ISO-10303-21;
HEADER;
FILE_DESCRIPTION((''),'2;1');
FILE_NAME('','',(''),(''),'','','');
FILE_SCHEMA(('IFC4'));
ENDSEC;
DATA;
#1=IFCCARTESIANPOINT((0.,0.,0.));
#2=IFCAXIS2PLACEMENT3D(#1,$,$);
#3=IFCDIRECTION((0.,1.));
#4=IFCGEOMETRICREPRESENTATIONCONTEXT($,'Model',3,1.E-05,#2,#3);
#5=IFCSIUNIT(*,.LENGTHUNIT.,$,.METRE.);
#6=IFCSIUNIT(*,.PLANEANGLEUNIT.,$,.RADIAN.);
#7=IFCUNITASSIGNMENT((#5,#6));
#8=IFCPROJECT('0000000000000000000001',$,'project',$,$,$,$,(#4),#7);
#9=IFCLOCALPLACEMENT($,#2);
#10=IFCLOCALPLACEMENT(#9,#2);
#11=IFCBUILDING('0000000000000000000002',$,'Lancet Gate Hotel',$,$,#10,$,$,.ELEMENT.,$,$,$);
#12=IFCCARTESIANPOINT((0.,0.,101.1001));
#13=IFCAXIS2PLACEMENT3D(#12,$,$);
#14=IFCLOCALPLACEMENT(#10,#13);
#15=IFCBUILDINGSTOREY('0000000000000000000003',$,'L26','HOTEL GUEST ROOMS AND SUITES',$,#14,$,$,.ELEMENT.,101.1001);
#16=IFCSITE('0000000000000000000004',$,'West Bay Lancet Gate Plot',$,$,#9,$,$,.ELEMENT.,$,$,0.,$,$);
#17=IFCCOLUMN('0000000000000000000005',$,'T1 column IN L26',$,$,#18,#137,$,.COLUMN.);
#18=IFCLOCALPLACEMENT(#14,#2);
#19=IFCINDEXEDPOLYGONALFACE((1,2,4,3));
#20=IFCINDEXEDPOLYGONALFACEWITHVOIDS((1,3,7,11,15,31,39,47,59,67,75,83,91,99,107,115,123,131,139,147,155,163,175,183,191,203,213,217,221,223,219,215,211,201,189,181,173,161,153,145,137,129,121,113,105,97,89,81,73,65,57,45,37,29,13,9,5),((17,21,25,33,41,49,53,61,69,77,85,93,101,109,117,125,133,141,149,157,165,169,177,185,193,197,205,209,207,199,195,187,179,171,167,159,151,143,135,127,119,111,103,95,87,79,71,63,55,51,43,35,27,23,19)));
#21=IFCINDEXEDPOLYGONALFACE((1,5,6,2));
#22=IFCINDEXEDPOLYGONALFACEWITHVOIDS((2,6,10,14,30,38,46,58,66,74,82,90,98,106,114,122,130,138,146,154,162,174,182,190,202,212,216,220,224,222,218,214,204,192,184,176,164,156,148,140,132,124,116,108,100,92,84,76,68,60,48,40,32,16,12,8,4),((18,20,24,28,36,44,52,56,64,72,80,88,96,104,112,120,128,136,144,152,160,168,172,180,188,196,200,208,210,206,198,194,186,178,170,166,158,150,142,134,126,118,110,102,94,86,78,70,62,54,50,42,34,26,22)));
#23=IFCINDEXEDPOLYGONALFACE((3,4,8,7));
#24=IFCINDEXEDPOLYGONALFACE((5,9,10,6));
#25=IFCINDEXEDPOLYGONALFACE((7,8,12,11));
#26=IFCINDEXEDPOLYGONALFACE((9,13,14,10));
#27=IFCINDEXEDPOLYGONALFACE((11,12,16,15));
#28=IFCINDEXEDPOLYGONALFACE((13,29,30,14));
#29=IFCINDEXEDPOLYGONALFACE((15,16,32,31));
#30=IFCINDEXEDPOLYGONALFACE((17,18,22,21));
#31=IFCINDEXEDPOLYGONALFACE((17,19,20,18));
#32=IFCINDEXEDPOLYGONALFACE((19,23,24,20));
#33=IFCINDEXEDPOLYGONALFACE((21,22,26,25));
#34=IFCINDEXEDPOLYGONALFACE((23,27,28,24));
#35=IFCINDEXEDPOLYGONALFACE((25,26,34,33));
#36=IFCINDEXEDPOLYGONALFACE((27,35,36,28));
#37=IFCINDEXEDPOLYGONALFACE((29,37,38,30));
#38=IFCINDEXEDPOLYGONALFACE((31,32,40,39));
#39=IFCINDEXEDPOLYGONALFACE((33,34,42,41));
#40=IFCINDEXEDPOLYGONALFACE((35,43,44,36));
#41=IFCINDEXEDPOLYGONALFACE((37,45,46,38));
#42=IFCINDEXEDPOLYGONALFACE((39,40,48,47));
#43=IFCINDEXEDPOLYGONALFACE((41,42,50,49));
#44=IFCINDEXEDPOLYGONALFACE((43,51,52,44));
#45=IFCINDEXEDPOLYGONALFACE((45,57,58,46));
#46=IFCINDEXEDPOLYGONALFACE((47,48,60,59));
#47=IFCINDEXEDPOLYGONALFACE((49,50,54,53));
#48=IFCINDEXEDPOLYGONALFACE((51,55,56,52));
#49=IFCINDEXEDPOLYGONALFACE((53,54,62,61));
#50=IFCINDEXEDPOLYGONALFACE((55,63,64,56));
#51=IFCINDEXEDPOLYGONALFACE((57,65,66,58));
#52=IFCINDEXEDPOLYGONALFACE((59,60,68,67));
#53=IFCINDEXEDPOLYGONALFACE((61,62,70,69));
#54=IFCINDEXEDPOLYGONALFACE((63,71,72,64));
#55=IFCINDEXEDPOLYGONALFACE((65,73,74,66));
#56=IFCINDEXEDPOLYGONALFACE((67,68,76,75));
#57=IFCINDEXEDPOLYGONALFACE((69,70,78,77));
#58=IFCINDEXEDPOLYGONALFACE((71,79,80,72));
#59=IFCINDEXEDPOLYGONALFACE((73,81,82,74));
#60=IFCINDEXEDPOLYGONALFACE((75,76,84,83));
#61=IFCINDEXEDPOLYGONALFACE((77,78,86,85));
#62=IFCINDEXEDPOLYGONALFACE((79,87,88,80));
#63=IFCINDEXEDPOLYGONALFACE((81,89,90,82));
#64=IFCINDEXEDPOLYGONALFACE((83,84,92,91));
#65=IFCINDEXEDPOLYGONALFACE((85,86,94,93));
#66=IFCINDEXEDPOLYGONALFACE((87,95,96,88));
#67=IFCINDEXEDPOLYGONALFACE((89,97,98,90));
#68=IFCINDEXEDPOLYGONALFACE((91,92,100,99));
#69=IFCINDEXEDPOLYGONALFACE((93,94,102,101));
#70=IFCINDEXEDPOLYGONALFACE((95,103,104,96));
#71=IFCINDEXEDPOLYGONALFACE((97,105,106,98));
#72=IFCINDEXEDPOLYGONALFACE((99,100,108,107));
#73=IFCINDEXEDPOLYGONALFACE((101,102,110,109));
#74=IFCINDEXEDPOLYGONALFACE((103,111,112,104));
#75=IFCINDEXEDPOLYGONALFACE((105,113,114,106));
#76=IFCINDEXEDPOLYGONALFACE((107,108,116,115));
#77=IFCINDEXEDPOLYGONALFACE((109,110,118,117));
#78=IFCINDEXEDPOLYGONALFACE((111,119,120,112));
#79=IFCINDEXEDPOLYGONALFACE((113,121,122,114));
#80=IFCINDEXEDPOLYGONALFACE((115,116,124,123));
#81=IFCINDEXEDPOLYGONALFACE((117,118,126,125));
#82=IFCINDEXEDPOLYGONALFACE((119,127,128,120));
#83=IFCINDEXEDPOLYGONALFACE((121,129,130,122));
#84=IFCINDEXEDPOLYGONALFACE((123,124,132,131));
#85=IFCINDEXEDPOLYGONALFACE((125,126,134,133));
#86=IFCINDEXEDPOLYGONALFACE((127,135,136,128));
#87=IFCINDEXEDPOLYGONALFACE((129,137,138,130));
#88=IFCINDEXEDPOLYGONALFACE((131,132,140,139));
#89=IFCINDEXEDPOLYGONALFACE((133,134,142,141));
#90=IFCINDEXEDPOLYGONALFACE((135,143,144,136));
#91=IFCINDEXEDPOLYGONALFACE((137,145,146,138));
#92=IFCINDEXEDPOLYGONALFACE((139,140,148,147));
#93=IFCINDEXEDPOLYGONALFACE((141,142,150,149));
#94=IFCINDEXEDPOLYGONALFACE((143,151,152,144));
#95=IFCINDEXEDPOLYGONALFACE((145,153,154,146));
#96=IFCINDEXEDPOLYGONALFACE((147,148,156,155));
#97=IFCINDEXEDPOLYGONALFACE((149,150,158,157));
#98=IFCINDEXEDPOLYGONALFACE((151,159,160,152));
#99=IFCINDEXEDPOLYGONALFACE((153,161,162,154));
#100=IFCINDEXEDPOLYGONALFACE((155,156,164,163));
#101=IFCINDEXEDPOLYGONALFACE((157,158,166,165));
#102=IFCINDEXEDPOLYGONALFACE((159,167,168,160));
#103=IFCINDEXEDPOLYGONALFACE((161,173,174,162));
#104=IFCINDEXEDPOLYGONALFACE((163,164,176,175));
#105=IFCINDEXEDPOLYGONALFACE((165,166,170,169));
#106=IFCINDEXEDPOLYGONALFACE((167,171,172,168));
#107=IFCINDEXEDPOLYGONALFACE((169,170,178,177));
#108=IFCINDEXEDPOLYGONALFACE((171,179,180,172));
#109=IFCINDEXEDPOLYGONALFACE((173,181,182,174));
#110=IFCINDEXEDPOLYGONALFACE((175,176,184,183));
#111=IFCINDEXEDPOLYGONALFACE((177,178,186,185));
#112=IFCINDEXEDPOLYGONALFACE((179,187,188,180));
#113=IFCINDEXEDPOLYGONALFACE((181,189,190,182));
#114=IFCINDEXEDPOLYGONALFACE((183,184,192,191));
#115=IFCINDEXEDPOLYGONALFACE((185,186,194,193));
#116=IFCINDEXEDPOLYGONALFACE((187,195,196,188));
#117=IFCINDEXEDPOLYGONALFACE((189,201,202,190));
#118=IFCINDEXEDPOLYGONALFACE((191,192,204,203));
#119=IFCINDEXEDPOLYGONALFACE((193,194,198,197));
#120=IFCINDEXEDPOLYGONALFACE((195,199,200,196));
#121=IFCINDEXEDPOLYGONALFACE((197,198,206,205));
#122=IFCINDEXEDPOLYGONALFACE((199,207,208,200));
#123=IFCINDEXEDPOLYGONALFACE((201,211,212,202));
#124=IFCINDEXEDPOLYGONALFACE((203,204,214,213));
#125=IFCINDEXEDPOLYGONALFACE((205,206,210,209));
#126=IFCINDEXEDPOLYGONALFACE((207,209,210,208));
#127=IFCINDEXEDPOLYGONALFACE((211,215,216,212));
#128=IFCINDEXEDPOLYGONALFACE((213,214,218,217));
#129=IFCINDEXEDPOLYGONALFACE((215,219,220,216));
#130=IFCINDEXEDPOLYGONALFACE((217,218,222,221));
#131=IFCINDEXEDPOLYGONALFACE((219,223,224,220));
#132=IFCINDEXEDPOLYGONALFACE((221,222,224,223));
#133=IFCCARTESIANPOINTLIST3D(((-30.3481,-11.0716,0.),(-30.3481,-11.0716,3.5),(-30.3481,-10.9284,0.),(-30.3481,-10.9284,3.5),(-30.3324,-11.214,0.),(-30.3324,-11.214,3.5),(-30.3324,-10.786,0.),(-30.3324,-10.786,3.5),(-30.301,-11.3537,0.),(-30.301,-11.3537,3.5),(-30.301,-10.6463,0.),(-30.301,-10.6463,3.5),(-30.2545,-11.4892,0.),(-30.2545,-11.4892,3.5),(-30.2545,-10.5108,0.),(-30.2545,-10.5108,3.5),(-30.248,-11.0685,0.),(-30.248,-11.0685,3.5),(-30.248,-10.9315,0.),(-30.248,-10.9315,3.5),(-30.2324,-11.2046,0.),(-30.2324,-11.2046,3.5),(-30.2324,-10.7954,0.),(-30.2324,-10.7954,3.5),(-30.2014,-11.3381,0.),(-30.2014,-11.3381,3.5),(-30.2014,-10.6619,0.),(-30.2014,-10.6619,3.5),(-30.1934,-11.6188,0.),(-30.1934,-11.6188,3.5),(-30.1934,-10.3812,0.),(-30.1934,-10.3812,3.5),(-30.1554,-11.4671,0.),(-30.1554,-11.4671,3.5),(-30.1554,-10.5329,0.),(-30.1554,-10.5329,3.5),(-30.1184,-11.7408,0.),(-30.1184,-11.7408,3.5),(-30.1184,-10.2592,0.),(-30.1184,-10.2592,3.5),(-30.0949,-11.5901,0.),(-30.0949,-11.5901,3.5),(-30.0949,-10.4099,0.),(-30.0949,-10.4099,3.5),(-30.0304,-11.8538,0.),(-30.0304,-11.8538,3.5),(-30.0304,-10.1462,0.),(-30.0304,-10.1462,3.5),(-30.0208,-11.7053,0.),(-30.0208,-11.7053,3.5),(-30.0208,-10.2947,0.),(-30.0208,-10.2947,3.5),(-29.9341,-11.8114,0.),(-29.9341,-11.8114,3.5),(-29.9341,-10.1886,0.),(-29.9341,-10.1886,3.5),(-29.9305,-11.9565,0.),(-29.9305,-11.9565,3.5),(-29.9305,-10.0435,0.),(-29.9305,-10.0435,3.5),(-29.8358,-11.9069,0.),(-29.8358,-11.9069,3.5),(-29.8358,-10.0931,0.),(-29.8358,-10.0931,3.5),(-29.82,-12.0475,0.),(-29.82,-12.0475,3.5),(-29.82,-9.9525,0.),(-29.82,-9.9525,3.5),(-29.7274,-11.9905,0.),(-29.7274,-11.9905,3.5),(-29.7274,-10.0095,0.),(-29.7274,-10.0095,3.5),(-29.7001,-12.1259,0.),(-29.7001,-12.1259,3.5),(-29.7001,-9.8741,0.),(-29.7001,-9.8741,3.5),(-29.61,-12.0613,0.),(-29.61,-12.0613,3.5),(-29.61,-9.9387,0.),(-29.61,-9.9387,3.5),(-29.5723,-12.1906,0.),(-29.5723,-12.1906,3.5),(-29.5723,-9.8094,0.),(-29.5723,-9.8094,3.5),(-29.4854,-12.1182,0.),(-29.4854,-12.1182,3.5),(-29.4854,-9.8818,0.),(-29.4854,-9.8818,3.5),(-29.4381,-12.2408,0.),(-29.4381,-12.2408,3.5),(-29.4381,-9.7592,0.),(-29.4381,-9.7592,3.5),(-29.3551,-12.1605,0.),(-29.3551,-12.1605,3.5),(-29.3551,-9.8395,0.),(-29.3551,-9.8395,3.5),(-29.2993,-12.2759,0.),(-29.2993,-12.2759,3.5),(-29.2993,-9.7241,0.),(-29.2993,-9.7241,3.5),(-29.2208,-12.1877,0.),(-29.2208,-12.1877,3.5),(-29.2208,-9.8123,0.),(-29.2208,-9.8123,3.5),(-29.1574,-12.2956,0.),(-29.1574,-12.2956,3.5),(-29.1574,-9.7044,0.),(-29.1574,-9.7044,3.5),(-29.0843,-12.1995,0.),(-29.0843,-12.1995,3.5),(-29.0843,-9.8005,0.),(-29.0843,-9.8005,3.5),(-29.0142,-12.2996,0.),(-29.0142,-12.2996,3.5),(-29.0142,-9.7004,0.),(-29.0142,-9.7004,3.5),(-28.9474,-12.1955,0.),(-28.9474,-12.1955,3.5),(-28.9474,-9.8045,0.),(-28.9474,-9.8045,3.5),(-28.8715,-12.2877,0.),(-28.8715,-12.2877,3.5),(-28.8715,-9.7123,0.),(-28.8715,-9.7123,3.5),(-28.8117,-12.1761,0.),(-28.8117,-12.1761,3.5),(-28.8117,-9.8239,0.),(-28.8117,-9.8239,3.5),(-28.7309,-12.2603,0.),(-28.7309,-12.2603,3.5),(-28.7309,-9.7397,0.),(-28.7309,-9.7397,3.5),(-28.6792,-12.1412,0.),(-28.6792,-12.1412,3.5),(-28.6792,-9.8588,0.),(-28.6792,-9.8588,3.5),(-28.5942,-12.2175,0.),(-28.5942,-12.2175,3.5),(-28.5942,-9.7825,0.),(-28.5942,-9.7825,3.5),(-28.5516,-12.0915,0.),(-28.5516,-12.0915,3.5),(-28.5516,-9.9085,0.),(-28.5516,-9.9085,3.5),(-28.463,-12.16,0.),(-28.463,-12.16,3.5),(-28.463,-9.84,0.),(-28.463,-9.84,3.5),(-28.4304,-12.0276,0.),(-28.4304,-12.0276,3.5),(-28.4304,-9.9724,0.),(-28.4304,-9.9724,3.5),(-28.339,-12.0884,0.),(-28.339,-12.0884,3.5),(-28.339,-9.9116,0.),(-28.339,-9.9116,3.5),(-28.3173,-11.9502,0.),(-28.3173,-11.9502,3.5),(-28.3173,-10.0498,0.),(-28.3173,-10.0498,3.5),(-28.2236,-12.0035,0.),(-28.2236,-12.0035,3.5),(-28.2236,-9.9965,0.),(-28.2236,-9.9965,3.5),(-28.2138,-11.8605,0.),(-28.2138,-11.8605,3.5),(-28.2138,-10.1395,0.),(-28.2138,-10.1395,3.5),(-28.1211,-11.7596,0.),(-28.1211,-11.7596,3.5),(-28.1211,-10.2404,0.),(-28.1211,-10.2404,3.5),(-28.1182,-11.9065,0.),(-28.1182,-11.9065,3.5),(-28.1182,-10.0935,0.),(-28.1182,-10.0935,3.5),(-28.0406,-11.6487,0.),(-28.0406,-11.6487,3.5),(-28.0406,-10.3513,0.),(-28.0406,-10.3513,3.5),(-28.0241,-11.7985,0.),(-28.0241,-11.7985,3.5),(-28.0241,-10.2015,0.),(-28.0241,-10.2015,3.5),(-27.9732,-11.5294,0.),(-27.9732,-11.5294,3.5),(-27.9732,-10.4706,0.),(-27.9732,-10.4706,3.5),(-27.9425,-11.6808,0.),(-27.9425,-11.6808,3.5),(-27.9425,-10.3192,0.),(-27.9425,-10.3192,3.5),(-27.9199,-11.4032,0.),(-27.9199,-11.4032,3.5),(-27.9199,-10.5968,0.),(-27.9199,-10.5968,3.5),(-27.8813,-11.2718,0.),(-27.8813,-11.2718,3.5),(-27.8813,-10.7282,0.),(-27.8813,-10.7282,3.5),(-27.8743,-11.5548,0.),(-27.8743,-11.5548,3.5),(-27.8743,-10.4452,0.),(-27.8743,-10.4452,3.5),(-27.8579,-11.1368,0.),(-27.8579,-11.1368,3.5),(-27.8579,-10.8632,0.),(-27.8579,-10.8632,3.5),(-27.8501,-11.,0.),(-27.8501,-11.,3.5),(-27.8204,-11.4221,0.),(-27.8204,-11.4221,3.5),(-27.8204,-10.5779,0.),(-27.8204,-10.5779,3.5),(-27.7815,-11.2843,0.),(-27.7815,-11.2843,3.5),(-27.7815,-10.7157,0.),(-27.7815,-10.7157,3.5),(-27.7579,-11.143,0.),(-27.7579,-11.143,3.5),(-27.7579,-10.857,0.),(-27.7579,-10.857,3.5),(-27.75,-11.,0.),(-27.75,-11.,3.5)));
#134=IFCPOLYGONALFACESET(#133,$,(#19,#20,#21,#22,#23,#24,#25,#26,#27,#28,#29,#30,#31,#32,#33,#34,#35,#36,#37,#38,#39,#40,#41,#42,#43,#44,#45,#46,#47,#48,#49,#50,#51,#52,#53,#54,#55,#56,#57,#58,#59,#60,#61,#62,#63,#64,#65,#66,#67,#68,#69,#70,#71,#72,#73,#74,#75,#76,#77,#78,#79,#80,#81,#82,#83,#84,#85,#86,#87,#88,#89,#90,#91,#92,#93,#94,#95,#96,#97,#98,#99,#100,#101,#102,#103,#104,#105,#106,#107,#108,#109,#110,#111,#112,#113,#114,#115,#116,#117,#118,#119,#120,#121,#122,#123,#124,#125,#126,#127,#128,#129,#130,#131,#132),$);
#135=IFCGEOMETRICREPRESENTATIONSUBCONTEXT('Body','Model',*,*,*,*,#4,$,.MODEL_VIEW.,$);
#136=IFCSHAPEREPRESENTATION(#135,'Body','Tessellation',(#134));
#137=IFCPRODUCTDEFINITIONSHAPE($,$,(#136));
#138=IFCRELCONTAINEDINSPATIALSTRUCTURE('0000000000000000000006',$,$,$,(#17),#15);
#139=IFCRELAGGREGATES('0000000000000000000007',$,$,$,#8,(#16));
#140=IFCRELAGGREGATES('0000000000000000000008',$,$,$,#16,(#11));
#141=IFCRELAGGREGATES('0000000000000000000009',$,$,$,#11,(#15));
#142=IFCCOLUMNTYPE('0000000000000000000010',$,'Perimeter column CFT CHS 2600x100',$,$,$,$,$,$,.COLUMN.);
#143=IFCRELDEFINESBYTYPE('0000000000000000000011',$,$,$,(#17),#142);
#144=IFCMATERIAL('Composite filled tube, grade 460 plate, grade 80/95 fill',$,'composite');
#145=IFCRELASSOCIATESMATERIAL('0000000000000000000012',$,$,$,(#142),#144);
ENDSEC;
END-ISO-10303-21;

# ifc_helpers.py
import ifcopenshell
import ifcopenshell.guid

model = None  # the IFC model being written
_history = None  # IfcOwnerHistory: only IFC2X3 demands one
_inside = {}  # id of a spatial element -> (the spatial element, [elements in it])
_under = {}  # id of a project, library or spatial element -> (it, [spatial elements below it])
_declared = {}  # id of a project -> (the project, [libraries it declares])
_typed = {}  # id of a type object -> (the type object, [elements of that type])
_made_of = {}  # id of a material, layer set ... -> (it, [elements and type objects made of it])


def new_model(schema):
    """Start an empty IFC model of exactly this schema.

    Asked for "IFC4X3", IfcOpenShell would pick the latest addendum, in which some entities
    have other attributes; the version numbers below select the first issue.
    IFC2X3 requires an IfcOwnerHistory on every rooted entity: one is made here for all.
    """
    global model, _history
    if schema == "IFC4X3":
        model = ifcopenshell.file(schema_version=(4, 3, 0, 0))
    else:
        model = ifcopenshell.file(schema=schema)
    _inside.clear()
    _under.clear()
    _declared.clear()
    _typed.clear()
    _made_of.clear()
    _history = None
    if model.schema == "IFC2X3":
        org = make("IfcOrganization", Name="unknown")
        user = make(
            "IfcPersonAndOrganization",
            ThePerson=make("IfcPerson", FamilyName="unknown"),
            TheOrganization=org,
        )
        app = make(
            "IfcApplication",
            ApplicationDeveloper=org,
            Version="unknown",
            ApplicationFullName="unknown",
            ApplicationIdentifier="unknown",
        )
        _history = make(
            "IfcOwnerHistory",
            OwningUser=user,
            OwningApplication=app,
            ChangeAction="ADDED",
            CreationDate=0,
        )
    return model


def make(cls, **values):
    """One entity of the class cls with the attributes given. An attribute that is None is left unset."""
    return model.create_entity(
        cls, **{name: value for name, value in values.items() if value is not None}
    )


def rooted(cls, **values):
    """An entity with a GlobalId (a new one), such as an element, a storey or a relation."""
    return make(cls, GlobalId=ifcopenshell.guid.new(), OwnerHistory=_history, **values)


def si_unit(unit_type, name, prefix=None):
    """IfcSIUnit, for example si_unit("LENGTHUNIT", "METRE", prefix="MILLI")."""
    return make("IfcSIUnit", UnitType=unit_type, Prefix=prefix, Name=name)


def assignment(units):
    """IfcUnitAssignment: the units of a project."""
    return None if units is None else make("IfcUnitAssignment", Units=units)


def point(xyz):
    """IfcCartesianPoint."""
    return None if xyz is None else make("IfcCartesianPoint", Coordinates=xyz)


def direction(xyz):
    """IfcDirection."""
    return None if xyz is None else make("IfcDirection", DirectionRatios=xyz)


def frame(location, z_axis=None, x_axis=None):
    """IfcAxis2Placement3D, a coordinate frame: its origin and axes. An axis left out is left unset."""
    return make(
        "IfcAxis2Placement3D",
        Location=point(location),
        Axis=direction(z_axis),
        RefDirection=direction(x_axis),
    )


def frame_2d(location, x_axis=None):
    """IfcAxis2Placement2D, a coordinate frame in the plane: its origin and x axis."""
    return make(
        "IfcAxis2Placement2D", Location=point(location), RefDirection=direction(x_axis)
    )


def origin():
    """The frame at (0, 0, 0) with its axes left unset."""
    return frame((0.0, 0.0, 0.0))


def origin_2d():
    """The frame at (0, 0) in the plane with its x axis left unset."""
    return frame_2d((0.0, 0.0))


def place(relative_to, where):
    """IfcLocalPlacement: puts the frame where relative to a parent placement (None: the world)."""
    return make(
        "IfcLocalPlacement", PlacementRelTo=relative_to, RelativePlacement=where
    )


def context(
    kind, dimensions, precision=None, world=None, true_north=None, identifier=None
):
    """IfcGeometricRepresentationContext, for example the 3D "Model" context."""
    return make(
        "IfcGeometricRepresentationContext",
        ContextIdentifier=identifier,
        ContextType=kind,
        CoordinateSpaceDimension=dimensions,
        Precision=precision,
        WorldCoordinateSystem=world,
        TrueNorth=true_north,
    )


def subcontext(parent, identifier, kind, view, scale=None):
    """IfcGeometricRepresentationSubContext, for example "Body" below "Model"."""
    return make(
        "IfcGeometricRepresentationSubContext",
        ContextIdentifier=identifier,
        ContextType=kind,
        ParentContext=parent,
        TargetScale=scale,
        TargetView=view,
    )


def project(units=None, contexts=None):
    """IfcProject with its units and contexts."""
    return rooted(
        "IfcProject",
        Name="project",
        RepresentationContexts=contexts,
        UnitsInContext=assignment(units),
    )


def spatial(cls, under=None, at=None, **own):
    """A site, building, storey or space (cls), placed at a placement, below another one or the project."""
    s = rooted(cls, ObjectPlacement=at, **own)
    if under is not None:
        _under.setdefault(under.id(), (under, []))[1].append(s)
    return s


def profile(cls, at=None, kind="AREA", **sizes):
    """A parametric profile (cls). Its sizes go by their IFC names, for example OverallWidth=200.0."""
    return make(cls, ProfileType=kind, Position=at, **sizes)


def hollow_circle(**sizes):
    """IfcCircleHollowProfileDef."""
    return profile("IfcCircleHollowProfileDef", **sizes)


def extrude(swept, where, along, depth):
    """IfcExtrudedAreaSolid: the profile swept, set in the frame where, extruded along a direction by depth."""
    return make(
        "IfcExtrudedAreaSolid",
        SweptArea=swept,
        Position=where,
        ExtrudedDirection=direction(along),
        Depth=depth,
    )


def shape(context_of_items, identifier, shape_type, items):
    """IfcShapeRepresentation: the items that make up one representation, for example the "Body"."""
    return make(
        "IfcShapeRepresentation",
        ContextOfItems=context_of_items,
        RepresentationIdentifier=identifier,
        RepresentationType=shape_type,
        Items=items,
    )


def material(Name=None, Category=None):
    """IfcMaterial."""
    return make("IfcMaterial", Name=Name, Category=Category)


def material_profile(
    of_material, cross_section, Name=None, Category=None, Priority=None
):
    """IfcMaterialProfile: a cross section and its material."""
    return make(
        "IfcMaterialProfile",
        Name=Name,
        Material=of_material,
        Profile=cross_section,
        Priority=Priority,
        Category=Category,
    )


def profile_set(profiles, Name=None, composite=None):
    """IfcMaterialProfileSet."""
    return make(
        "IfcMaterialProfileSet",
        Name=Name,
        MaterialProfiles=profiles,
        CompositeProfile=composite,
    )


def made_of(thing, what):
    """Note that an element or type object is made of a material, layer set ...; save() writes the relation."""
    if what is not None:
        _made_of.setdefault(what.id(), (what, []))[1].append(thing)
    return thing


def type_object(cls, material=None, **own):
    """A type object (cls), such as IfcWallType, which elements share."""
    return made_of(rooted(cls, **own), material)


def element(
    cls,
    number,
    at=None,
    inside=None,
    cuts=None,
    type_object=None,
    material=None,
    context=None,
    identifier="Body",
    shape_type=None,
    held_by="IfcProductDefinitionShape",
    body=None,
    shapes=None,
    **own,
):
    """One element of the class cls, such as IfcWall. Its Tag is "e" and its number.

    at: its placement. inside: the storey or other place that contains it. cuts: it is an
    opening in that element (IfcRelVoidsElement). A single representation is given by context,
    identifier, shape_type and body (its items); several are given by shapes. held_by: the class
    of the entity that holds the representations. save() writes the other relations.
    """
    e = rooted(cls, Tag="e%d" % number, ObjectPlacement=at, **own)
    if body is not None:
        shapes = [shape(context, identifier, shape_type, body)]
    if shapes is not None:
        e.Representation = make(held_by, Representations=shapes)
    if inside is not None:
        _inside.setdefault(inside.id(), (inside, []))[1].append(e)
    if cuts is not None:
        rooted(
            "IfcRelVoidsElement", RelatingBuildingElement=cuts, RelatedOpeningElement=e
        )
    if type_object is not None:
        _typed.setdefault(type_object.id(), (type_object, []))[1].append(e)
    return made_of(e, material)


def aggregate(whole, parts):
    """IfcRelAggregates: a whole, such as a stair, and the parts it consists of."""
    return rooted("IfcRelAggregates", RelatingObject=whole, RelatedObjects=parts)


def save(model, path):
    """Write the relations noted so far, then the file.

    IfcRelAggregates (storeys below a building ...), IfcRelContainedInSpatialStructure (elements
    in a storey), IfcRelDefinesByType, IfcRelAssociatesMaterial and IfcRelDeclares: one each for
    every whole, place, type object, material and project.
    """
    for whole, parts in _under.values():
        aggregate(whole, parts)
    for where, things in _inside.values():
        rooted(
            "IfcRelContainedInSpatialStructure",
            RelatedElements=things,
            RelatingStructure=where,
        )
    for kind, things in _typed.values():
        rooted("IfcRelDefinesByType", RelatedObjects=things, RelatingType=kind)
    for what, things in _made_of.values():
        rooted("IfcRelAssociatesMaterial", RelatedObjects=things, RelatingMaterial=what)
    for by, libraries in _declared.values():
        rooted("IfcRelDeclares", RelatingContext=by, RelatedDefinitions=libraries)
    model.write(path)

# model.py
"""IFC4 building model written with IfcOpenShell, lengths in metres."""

from ifc_helpers import new_model, si_unit, direction, frame, origin, origin_2d, place, context, subcontext, project, spatial, hollow_circle, extrude, material, material_profile, profile_set, type_object, element, save


model = new_model("IFC4")

# Units and contexts
model_context = context("Model", 3, precision=1e-05, world=origin(), true_north=direction((0.0, 1.0)))
body_context = subcontext(model_context, "Body", "Model", "MODEL_VIEW")
ifc_project = project(units=[si_unit("LENGTHUNIT", "METRE"), si_unit("PLANEANGLEUNIT", "RADIAN")], contexts=[model_context])

# Site, building, storey
site_placement = place(None, origin())
site = spatial("IfcSite", under=ifc_project, at=site_placement, Name="West Bay Lancet Gate Plot", CompositionType="ELEMENT", RefElevation=0.0)
building_placement = place(site_placement, origin())
building = spatial("IfcBuilding", under=site, at=building_placement, Name="Lancet Gate Hotel", CompositionType="ELEMENT")
storey_placement = place(building_placement, frame((0.0, 0.0, 101.1001)))
storey = spatial("IfcBuildingStorey", under=building, at=storey_placement, Name="L26", Description="HOTEL GUEST ROOMS AND SUITES", CompositionType="ELEMENT", Elevation=101.1001)

# Column
ifc_material_1 = material(Name="Composite filled tube, grade 460 plate, grade 80/95 fill", Category="composite")
ifc_material_profile_1 = material_profile(ifc_material_1, hollow_circle(Radius=1.3, WallThickness=0.1001, at=origin_2d()), Name="CHS 2600x100")
ifc_profile_set_1 = profile_set([ifc_material_profile_1], Name="Composite filled tube, grade 460 plate, grade 80/95 fill")
column_type = type_object("IfcColumnType", Name="Perimeter column CFT CHS 2600x100", PredefinedType="COLUMN", material=ifc_profile_set_1)
for number, where, z_axis, x_axis, name in (
    (1, (-29.05, -11.0, 0.0), (0.0, 0.0, 1.0), (1.0, 0.0, 0.0), "T1 column IN L26"),
):
    element("IfcColumn", number, at=place(storey_placement, frame(where, z_axis=z_axis, x_axis=x_axis)), inside=storey, type_object=column_type, Name=name, PredefinedType="COLUMN", context=body_context, shape_type="SweptSolid", body=[
        extrude(hollow_circle(Radius=1.3, WallThickness=0.1001, at=origin_2d()), origin(), (0.0, 0.0, 1.0), 3.5),
    ])

save(model, "model.ifc")
